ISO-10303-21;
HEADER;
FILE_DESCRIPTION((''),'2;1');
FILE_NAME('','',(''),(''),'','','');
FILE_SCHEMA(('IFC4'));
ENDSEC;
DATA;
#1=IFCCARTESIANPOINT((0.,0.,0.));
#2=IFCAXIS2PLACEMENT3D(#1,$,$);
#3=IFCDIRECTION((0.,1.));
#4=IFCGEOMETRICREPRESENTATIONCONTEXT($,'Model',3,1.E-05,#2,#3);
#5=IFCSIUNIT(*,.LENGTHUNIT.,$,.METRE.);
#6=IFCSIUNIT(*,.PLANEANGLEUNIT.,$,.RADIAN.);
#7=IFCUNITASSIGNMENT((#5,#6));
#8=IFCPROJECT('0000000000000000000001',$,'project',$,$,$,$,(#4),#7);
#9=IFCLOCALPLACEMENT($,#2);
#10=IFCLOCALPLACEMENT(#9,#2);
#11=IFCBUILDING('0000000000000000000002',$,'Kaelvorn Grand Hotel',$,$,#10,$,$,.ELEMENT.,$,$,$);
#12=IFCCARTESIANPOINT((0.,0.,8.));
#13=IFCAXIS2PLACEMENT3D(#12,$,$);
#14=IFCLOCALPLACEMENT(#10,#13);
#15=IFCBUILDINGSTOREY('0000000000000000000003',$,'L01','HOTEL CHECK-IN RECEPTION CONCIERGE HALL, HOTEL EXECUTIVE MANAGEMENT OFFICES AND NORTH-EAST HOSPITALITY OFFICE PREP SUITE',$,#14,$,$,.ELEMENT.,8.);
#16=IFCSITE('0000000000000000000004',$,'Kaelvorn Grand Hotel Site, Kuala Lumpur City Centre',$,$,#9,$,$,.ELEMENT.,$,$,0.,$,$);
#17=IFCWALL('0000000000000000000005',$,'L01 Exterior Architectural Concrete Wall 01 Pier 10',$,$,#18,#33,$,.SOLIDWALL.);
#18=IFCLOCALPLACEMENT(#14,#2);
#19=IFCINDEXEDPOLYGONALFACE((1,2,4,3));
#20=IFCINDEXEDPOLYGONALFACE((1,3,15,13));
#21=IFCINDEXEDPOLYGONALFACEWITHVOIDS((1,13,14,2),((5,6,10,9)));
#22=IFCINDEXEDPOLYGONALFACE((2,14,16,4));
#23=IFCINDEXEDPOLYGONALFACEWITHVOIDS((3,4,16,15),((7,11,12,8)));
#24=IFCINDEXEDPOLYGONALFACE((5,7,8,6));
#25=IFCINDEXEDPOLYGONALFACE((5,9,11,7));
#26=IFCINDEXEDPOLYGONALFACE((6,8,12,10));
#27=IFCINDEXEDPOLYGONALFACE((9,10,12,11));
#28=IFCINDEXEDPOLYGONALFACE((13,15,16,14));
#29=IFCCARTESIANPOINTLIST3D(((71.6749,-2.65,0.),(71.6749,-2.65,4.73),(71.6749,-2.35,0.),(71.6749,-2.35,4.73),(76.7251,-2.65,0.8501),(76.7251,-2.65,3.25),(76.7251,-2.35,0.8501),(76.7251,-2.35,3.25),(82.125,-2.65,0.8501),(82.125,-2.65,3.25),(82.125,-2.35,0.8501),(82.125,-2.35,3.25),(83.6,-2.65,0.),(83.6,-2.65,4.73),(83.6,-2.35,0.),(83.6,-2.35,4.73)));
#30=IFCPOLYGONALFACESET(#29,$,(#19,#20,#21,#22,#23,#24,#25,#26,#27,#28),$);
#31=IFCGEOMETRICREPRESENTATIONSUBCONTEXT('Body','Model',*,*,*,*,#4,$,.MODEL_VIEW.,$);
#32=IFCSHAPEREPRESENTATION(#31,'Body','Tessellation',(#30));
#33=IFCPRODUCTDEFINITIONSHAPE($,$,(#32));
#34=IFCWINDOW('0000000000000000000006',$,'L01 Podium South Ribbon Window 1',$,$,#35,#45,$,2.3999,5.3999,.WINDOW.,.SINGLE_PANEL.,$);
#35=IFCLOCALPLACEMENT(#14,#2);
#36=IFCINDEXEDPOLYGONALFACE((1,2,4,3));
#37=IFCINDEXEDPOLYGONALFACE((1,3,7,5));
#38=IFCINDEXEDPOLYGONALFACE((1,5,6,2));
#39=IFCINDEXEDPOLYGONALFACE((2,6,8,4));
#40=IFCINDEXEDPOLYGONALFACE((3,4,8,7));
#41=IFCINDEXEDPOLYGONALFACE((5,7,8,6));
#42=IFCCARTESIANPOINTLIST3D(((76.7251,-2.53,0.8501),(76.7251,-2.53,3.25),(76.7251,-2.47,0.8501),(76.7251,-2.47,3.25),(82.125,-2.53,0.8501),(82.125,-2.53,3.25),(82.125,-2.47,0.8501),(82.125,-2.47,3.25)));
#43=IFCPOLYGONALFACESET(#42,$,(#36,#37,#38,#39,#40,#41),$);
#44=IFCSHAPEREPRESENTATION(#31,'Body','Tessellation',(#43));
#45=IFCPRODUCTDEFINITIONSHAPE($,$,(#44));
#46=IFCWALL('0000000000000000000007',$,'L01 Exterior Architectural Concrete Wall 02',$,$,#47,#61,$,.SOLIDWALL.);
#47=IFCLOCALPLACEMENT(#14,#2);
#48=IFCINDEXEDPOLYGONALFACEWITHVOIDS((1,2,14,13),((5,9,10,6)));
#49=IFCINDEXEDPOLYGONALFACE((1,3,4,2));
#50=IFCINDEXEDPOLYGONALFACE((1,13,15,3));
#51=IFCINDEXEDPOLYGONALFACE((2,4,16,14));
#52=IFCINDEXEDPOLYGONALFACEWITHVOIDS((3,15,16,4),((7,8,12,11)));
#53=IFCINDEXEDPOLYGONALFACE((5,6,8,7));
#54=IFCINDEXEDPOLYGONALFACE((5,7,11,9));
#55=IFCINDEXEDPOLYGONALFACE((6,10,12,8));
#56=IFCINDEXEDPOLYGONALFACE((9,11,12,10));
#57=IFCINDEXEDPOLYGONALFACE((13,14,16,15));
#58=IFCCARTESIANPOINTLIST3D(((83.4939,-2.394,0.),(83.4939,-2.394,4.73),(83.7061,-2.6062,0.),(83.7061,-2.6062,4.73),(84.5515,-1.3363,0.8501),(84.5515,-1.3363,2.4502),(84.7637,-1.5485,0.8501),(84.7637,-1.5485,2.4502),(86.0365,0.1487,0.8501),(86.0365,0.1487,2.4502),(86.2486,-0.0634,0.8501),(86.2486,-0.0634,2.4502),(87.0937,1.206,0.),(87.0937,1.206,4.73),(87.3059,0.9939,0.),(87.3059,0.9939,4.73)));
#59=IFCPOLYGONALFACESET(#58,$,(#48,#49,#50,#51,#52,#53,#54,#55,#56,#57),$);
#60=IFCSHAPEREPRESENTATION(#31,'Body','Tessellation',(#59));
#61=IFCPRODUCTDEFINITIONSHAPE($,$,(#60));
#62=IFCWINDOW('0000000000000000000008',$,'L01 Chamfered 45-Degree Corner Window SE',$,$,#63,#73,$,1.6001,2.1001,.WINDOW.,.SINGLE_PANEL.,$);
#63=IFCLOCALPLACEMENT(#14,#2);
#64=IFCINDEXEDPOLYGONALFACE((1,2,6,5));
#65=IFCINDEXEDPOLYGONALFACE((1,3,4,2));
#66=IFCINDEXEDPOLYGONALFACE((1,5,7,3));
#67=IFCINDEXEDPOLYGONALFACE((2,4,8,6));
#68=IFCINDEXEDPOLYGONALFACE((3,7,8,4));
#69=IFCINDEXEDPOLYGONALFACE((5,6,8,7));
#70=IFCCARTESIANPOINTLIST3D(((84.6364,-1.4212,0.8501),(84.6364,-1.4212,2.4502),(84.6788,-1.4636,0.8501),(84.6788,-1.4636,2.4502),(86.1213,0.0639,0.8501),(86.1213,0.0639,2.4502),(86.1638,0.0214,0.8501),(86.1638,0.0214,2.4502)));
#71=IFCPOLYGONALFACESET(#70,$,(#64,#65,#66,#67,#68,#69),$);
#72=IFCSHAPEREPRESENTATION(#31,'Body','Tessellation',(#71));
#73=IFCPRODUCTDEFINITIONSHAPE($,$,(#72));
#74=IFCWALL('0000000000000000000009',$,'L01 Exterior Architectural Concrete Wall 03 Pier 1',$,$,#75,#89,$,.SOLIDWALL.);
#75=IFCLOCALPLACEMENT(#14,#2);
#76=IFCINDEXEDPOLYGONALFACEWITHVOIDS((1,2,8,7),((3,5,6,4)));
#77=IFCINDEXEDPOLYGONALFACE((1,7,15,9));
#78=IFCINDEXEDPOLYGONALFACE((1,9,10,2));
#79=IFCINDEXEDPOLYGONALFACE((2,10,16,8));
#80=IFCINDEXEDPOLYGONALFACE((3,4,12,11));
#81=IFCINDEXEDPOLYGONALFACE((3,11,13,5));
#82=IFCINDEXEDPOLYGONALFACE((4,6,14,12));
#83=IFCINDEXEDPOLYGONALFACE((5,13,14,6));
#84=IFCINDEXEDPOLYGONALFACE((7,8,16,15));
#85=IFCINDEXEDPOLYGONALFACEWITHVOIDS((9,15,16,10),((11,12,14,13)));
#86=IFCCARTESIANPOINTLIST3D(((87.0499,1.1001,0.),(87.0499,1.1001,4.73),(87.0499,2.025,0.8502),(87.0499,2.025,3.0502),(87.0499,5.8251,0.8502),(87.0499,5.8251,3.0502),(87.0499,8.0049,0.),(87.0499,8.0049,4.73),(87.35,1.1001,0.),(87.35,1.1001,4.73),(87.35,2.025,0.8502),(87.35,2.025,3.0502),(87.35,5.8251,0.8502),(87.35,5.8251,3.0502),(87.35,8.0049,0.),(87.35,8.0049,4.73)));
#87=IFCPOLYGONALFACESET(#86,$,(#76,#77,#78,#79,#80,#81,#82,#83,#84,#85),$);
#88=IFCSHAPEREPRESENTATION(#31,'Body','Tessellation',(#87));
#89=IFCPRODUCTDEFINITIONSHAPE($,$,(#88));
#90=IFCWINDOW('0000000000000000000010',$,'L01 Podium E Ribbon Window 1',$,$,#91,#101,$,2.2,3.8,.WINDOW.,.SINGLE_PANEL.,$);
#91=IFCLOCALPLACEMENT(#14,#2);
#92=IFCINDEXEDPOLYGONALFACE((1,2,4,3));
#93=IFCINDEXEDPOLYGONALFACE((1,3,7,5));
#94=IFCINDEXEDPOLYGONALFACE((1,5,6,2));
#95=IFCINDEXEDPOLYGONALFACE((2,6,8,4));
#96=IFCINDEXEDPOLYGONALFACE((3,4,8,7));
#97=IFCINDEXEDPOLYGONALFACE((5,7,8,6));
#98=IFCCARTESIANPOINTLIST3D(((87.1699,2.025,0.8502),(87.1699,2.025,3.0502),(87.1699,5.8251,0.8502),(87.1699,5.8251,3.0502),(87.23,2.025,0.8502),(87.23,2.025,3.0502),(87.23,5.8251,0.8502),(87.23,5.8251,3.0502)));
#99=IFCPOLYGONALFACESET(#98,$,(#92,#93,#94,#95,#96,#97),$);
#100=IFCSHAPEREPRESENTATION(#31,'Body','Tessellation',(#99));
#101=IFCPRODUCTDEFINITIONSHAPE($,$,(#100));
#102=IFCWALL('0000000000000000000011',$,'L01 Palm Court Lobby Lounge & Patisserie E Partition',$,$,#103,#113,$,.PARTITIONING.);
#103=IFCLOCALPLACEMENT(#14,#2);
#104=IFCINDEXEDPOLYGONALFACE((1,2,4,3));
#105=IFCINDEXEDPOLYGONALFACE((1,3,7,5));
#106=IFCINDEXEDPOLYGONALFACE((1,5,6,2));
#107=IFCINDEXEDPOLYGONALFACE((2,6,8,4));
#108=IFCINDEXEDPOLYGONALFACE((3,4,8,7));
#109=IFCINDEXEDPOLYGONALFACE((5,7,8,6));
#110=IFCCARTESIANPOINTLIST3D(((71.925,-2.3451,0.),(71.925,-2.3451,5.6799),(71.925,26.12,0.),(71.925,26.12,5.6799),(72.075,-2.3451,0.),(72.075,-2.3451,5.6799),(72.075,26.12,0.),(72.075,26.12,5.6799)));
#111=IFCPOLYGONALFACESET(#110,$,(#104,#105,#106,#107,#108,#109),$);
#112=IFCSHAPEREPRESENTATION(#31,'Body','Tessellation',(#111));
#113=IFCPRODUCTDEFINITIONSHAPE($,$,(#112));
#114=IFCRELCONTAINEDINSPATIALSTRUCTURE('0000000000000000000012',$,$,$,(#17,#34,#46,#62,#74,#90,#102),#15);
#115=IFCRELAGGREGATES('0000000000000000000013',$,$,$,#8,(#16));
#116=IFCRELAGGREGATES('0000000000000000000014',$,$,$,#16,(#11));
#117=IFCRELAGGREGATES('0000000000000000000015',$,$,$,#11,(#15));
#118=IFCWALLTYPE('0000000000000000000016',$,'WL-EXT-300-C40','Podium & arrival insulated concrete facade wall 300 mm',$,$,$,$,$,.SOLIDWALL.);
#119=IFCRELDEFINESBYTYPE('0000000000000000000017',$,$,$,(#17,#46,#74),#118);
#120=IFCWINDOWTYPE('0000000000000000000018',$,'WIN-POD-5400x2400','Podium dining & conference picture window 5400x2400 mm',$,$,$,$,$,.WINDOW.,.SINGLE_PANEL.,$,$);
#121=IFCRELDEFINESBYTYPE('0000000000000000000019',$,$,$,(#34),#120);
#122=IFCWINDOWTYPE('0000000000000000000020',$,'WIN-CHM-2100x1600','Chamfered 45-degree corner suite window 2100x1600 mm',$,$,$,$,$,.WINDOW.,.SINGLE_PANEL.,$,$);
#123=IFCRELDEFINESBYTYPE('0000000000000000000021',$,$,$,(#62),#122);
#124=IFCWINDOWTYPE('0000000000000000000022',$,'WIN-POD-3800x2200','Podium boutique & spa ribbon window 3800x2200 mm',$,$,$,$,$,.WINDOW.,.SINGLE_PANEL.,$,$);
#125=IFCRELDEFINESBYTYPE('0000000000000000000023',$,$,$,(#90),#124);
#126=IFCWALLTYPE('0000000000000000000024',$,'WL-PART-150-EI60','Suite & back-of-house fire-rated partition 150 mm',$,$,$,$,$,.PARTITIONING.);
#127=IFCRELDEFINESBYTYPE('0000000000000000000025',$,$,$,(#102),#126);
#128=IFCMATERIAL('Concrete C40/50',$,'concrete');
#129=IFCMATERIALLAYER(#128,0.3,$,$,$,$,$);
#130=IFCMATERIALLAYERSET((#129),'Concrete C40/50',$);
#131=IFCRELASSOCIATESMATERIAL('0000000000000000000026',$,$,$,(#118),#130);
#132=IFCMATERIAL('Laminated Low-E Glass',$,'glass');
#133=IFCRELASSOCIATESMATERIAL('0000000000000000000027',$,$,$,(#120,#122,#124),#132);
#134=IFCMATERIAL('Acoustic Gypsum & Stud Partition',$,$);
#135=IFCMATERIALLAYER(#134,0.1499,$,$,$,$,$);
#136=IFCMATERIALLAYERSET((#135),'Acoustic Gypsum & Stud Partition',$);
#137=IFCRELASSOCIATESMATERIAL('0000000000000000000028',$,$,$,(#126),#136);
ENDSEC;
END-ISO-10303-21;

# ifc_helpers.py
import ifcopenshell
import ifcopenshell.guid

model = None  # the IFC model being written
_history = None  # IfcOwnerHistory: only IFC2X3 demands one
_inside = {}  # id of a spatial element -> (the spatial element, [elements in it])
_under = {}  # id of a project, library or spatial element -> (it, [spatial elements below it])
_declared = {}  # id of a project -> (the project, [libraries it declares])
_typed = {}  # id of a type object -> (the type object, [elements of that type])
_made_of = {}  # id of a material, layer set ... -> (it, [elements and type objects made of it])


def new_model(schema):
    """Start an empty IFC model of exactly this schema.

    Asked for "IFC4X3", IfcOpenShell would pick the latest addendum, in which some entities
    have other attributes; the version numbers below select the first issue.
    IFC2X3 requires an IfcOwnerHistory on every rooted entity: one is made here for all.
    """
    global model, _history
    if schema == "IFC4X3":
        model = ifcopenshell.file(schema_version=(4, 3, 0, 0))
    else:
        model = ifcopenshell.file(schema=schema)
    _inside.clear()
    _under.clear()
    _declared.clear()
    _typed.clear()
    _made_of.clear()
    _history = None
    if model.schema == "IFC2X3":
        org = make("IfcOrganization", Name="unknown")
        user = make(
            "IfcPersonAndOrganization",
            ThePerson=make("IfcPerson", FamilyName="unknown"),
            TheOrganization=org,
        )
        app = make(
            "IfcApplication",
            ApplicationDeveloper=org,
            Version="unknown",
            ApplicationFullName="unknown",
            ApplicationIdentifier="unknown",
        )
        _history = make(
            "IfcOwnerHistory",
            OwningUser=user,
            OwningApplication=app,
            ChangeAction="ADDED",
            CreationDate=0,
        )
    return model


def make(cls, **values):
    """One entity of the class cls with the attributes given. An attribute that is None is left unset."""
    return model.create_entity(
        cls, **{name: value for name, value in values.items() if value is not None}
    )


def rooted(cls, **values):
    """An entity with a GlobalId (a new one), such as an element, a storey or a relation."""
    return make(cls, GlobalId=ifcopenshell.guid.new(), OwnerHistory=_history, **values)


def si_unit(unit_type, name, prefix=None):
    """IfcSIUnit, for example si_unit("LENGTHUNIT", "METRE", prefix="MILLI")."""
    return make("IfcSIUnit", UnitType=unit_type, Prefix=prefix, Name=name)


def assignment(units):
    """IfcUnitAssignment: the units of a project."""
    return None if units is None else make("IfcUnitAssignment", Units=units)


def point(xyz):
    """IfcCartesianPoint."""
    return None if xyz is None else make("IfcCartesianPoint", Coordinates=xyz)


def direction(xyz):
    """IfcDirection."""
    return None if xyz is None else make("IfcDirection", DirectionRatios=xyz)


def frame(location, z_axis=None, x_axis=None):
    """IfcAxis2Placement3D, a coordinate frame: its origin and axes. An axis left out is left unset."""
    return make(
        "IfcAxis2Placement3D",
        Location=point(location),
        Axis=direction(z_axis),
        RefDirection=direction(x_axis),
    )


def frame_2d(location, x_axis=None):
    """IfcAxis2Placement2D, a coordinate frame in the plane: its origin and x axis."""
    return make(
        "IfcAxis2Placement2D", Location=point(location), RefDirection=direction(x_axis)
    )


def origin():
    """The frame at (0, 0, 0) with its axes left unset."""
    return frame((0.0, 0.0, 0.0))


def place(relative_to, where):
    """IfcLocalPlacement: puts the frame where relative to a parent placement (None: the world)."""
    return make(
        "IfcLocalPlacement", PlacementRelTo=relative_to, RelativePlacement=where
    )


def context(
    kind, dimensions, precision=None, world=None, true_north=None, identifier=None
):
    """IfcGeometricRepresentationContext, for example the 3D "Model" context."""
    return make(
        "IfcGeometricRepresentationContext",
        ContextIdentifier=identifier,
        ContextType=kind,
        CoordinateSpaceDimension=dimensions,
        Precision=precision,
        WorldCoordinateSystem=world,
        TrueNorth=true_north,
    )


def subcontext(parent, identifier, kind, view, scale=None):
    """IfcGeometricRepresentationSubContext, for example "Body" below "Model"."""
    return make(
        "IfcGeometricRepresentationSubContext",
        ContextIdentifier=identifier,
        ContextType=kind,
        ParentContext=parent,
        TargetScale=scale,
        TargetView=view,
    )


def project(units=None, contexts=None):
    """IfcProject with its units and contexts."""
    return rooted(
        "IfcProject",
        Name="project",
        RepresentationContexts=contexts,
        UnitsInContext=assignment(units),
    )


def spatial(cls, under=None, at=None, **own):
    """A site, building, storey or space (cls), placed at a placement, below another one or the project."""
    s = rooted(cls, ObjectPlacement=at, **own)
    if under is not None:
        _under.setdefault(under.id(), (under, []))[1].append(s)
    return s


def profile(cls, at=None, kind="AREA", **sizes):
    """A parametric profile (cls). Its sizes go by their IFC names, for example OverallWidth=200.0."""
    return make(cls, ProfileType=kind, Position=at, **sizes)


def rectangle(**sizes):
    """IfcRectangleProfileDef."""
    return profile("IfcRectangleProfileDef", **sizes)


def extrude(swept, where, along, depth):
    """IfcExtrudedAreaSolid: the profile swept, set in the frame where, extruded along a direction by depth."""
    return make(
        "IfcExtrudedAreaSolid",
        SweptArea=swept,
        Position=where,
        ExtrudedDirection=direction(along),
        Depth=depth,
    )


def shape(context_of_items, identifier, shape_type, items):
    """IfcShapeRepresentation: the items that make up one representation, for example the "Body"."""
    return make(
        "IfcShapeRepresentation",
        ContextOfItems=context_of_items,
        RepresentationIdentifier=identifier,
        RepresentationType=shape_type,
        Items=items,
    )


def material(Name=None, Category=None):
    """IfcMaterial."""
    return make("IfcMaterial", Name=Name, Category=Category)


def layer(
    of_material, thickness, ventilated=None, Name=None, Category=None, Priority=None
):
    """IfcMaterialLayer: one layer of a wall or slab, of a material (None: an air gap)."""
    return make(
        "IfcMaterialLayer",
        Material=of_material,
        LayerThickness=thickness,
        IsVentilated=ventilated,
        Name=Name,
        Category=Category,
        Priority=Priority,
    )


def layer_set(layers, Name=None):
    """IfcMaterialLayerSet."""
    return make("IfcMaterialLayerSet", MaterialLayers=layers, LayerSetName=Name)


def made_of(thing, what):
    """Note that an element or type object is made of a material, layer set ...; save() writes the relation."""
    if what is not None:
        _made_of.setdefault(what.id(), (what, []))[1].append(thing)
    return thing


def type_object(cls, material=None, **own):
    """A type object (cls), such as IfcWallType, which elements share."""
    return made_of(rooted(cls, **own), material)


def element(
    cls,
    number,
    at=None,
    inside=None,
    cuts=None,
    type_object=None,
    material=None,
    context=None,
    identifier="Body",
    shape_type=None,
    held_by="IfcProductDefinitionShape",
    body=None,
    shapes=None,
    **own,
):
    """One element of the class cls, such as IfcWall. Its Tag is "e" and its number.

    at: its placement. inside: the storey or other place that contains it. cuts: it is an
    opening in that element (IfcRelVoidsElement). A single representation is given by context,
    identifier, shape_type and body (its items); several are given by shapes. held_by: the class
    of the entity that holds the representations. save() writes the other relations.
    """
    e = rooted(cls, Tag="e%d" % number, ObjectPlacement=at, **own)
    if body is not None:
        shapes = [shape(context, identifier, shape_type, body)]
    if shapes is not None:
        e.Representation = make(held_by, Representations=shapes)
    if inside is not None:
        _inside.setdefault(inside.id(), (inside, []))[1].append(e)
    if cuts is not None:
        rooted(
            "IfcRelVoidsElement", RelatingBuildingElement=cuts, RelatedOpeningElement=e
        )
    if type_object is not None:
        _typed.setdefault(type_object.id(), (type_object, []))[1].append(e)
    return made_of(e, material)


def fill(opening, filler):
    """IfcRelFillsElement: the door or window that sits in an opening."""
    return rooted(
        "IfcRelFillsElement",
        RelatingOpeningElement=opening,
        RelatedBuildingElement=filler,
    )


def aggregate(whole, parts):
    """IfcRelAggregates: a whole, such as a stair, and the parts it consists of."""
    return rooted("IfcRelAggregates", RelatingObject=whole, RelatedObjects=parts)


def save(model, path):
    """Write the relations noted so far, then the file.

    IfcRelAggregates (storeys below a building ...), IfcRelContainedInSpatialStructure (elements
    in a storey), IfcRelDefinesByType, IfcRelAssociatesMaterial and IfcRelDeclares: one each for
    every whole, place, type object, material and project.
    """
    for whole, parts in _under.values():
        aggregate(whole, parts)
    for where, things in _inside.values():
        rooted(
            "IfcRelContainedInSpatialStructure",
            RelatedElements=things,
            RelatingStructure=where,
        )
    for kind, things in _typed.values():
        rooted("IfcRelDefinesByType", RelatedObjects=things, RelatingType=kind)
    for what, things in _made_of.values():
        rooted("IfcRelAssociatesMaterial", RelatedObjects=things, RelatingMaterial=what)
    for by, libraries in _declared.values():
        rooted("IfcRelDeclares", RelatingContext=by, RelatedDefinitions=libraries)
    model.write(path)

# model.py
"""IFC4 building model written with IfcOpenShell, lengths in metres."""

from ifc_helpers import new_model, si_unit, direction, frame, frame_2d, origin, place, context, subcontext, project, spatial, rectangle, extrude, material, layer, layer_set, type_object, element, fill, save


model = new_model("IFC4")

# Units and contexts
model_context = context("Model", 3, precision=1e-05, world=origin(), true_north=direction((0.0, 1.0)))
body_context = subcontext(model_context, "Body", "Model", "MODEL_VIEW")
ifc_project = project(units=[si_unit("LENGTHUNIT", "METRE"), si_unit("PLANEANGLEUNIT", "RADIAN")], contexts=[model_context])

# Site, building, storey
site_placement = place(None, origin())
site = spatial("IfcSite", under=ifc_project, at=site_placement, Name="Kaelvorn Grand Hotel Site, Kuala Lumpur City Centre", CompositionType="ELEMENT", RefElevation=0.0)
building_placement = place(site_placement, origin())
building = spatial("IfcBuilding", under=site, at=building_placement, Name="Kaelvorn Grand Hotel", CompositionType="ELEMENT")
storey_placement = place(building_placement, frame((0.0, 0.0, 8.0)))
storey = spatial("IfcBuildingStorey", under=building, at=storey_placement, Name="L01", Description="HOTEL CHECK-IN RECEPTION CONCIERGE HALL, HOTEL EXECUTIVE MANAGEMENT OFFICES AND NORTH-EAST HOSPITALITY OFFICE PREP SUITE", CompositionType="ELEMENT", Elevation=8.0)

# Shared definitions
ifc_material_1 = material(Name="Laminated Low-E Glass", Category="glass")

# Walls, openings, windows
ifc_material_2 = material(Name="Concrete C40/50", Category="concrete")
ifc_layer_1 = layer(ifc_material_2, 0.3)
ifc_layer_set_1 = layer_set([ifc_layer_1], Name="Concrete C40/50")
wall_type_1 = type_object("IfcWallType", Name="WL-EXT-300-C40", Description="Podium & arrival insulated concrete facade wall 300 mm", PredefinedType="SOLIDWALL", material=ifc_layer_set_1)
wall_1_placement = place(storey_placement, frame((71.675, -2.5, 0.0), z_axis=(0.0, 0.0, 1.0), x_axis=(1.0, 0.0, 0.0)))
wall_1 = element("IfcWall", 1, at=wall_1_placement, inside=storey, type_object=wall_type_1, Name="L01 Exterior Architectural Concrete Wall 01 Pier 10", PredefinedType="SOLIDWALL", context=body_context, shape_type="SweptSolid", body=[
    extrude(rectangle(XDim=11.925, YDim=0.3, at=frame_2d((5.9624, 0.0))), origin(), (0.0, 0.0, 1.0), 4.73),
])
opening_1_placement = place(wall_1_placement, frame((5.05, 0.0, 0.8501)))
opening_1 = element("IfcOpeningElement", 2, at=opening_1_placement, cuts=wall_1, PredefinedType="OPENING", context=body_context, shape_type="SweptSolid", body=[
    extrude(rectangle(XDim=5.3999, YDim=2.3999, at=frame_2d((2.7, 1.2))), frame((0.0, 0.1602, 0.0), z_axis=(0.0, -1.0, 0.0), x_axis=(1.0, 0.0, 0.0)), (0.0, 0.0, 1.0), 0.3201),
])
window_type_1 = type_object("IfcWindowType", Name="WIN-POD-5400x2400", Description="Podium dining & conference picture window 5400x2400 mm", PartitioningType="SINGLE_PANEL", PredefinedType="WINDOW", material=ifc_material_1)
window_1_placement = place(opening_1_placement, origin())
window_1 = element("IfcWindow", 3, at=window_1_placement, inside=storey, type_object=window_type_1, Name="L01 Podium South Ribbon Window 1", OverallHeight=2.3999, OverallWidth=5.3999, PartitioningType="SINGLE_PANEL", PredefinedType="WINDOW", context=body_context, shape_type="SweptSolid", body=[
    extrude(rectangle(XDim=5.3999, YDim=2.3999, at=frame_2d((2.7, 1.2))), frame((0.0, 0.03, 0.0), z_axis=(0.0, -1.0, 0.0), x_axis=(1.0, 0.0, 0.0)), (0.0, 0.0, 1.0), 0.0601),
])
fill(opening_1, window_1)
wall_2_placement = place(storey_placement, frame((83.6001, -2.5, 0.0), z_axis=(0.0, 0.0, 1.0), x_axis=(0.707083, 0.707131, 0.0)))
wall_2 = element("IfcWall", 4, at=wall_2_placement, inside=storey, type_object=wall_type_1, Name="L01 Exterior Architectural Concrete Wall 02", PredefinedType="SOLIDWALL", context=body_context, shape_type="SweptSolid", body=[
    extrude(rectangle(XDim=5.0911, YDim=0.3, at=frame_2d((2.5454, 0.0))), origin(), (0.0, 0.0, 1.0), 4.73),
])
opening_2_placement = place(wall_2_placement, frame((1.4956, 0.0, 0.8501)))
opening_2 = element("IfcOpeningElement", 5, at=opening_2_placement, cuts=wall_2, PredefinedType="OPENING", context=body_context, shape_type="SweptSolid", body=[
    extrude(rectangle(XDim=2.1001, YDim=1.6001, at=frame_2d((1.05, 0.8))), frame((0.0, 0.1602, 0.0), z_axis=(0.0, -1.0, 0.0), x_axis=(1.0, 0.0, 0.0)), (0.0, 0.0, 1.0), 0.3201),
])
window_type_2 = type_object("IfcWindowType", Name="WIN-CHM-2100x1600", Description="Chamfered 45-degree corner suite window 2100x1600 mm", PartitioningType="SINGLE_PANEL", PredefinedType="WINDOW", material=ifc_material_1)
window_2_placement = place(opening_2_placement, origin())
window_2 = element("IfcWindow", 6, at=window_2_placement, inside=storey, type_object=window_type_2, Name="L01 Chamfered 45-Degree Corner Window SE", OverallHeight=1.6001, OverallWidth=2.1001, PartitioningType="SINGLE_PANEL", PredefinedType="WINDOW", context=body_context, shape_type="SweptSolid", body=[
    extrude(rectangle(XDim=2.1001, YDim=1.6001, at=frame_2d((1.05, 0.8))), frame((0.0, 0.03, 0.0), z_axis=(0.0, -1.0, 0.0), x_axis=(1.0, 0.0, 0.0)), (0.0, 0.0, 1.0), 0.0601),
])
fill(opening_2, window_2)
wall_3_placement = place(storey_placement, frame((87.2, 1.1001, 0.0), z_axis=(0.0, 0.0, 1.0), x_axis=(0.0, 1.0, 0.0)))
wall_3 = element("IfcWall", 7, at=wall_3_placement, inside=storey, type_object=wall_type_1, Name="L01 Exterior Architectural Concrete Wall 03 Pier 1", PredefinedType="SOLIDWALL", context=body_context, shape_type="SweptSolid", body=[
    extrude(rectangle(XDim=6.9048, YDim=0.3, at=frame_2d((3.4524, 0.0))), origin(), (0.0, 0.0, 1.0), 4.73),
])
opening_3_placement = place(wall_3_placement, frame((0.925, 0.0, 0.8501)))
opening_3 = element("IfcOpeningElement", 8, at=opening_3_placement, cuts=wall_3, PredefinedType="OPENING", context=body_context, shape_type="SweptSolid", body=[
    extrude(rectangle(XDim=3.8, YDim=2.2, at=frame_2d((1.8999, 1.1001))), frame((0.0, 0.1602, 0.0), z_axis=(0.0, -1.0, 0.0), x_axis=(1.0, 0.0, 0.0)), (0.0, 0.0, 1.0), 0.3201),
])
window_type_3 = type_object("IfcWindowType", Name="WIN-POD-3800x2200", Description="Podium boutique & spa ribbon window 3800x2200 mm", PartitioningType="SINGLE_PANEL", PredefinedType="WINDOW", material=ifc_material_1)
window_3_placement = place(opening_3_placement, origin())
window_3 = element("IfcWindow", 9, at=window_3_placement, inside=storey, type_object=window_type_3, Name="L01 Podium E Ribbon Window 1", OverallHeight=2.2, OverallWidth=3.8, PartitioningType="SINGLE_PANEL", PredefinedType="WINDOW", context=body_context, shape_type="SweptSolid", body=[
    extrude(rectangle(XDim=3.8, YDim=2.2, at=frame_2d((1.8999, 1.1001))), frame((0.0, 0.03, 0.0), z_axis=(0.0, -1.0, 0.0), x_axis=(1.0, 0.0, 0.0)), (0.0, 0.0, 1.0), 0.0601),
])
fill(opening_3, window_3)

# Wall
ifc_material_3 = material(Name="Acoustic Gypsum & Stud Partition")
ifc_layer_2 = layer(ifc_material_3, 0.1499)
ifc_layer_set_2 = layer_set([ifc_layer_2], Name="Acoustic Gypsum & Stud Partition")
wall_type_2 = type_object("IfcWallType", Name="WL-PART-150-EI60", Description="Suite & back-of-house fire-rated partition 150 mm", PredefinedType="PARTITIONING", material=ifc_layer_set_2)
wall_4_placement = place(storey_placement, frame((72.0, -2.345, 0.0), z_axis=(0.0, 0.0, 1.0), x_axis=(0.0, 1.0, 0.0)))
element("IfcWall", 10, at=wall_4_placement, inside=storey, type_object=wall_type_2, Name="L01 Palm Court Lobby Lounge & Patisserie E Partition", PredefinedType="PARTITIONING", context=body_context, shape_type="SweptSolid", body=[
    extrude(rectangle(XDim=28.4651, YDim=0.1499, at=frame_2d((14.2324, 0.0))), origin(), (0.0, 0.0, 1.0), 5.6799),
])

save(model, "model.ifc")
